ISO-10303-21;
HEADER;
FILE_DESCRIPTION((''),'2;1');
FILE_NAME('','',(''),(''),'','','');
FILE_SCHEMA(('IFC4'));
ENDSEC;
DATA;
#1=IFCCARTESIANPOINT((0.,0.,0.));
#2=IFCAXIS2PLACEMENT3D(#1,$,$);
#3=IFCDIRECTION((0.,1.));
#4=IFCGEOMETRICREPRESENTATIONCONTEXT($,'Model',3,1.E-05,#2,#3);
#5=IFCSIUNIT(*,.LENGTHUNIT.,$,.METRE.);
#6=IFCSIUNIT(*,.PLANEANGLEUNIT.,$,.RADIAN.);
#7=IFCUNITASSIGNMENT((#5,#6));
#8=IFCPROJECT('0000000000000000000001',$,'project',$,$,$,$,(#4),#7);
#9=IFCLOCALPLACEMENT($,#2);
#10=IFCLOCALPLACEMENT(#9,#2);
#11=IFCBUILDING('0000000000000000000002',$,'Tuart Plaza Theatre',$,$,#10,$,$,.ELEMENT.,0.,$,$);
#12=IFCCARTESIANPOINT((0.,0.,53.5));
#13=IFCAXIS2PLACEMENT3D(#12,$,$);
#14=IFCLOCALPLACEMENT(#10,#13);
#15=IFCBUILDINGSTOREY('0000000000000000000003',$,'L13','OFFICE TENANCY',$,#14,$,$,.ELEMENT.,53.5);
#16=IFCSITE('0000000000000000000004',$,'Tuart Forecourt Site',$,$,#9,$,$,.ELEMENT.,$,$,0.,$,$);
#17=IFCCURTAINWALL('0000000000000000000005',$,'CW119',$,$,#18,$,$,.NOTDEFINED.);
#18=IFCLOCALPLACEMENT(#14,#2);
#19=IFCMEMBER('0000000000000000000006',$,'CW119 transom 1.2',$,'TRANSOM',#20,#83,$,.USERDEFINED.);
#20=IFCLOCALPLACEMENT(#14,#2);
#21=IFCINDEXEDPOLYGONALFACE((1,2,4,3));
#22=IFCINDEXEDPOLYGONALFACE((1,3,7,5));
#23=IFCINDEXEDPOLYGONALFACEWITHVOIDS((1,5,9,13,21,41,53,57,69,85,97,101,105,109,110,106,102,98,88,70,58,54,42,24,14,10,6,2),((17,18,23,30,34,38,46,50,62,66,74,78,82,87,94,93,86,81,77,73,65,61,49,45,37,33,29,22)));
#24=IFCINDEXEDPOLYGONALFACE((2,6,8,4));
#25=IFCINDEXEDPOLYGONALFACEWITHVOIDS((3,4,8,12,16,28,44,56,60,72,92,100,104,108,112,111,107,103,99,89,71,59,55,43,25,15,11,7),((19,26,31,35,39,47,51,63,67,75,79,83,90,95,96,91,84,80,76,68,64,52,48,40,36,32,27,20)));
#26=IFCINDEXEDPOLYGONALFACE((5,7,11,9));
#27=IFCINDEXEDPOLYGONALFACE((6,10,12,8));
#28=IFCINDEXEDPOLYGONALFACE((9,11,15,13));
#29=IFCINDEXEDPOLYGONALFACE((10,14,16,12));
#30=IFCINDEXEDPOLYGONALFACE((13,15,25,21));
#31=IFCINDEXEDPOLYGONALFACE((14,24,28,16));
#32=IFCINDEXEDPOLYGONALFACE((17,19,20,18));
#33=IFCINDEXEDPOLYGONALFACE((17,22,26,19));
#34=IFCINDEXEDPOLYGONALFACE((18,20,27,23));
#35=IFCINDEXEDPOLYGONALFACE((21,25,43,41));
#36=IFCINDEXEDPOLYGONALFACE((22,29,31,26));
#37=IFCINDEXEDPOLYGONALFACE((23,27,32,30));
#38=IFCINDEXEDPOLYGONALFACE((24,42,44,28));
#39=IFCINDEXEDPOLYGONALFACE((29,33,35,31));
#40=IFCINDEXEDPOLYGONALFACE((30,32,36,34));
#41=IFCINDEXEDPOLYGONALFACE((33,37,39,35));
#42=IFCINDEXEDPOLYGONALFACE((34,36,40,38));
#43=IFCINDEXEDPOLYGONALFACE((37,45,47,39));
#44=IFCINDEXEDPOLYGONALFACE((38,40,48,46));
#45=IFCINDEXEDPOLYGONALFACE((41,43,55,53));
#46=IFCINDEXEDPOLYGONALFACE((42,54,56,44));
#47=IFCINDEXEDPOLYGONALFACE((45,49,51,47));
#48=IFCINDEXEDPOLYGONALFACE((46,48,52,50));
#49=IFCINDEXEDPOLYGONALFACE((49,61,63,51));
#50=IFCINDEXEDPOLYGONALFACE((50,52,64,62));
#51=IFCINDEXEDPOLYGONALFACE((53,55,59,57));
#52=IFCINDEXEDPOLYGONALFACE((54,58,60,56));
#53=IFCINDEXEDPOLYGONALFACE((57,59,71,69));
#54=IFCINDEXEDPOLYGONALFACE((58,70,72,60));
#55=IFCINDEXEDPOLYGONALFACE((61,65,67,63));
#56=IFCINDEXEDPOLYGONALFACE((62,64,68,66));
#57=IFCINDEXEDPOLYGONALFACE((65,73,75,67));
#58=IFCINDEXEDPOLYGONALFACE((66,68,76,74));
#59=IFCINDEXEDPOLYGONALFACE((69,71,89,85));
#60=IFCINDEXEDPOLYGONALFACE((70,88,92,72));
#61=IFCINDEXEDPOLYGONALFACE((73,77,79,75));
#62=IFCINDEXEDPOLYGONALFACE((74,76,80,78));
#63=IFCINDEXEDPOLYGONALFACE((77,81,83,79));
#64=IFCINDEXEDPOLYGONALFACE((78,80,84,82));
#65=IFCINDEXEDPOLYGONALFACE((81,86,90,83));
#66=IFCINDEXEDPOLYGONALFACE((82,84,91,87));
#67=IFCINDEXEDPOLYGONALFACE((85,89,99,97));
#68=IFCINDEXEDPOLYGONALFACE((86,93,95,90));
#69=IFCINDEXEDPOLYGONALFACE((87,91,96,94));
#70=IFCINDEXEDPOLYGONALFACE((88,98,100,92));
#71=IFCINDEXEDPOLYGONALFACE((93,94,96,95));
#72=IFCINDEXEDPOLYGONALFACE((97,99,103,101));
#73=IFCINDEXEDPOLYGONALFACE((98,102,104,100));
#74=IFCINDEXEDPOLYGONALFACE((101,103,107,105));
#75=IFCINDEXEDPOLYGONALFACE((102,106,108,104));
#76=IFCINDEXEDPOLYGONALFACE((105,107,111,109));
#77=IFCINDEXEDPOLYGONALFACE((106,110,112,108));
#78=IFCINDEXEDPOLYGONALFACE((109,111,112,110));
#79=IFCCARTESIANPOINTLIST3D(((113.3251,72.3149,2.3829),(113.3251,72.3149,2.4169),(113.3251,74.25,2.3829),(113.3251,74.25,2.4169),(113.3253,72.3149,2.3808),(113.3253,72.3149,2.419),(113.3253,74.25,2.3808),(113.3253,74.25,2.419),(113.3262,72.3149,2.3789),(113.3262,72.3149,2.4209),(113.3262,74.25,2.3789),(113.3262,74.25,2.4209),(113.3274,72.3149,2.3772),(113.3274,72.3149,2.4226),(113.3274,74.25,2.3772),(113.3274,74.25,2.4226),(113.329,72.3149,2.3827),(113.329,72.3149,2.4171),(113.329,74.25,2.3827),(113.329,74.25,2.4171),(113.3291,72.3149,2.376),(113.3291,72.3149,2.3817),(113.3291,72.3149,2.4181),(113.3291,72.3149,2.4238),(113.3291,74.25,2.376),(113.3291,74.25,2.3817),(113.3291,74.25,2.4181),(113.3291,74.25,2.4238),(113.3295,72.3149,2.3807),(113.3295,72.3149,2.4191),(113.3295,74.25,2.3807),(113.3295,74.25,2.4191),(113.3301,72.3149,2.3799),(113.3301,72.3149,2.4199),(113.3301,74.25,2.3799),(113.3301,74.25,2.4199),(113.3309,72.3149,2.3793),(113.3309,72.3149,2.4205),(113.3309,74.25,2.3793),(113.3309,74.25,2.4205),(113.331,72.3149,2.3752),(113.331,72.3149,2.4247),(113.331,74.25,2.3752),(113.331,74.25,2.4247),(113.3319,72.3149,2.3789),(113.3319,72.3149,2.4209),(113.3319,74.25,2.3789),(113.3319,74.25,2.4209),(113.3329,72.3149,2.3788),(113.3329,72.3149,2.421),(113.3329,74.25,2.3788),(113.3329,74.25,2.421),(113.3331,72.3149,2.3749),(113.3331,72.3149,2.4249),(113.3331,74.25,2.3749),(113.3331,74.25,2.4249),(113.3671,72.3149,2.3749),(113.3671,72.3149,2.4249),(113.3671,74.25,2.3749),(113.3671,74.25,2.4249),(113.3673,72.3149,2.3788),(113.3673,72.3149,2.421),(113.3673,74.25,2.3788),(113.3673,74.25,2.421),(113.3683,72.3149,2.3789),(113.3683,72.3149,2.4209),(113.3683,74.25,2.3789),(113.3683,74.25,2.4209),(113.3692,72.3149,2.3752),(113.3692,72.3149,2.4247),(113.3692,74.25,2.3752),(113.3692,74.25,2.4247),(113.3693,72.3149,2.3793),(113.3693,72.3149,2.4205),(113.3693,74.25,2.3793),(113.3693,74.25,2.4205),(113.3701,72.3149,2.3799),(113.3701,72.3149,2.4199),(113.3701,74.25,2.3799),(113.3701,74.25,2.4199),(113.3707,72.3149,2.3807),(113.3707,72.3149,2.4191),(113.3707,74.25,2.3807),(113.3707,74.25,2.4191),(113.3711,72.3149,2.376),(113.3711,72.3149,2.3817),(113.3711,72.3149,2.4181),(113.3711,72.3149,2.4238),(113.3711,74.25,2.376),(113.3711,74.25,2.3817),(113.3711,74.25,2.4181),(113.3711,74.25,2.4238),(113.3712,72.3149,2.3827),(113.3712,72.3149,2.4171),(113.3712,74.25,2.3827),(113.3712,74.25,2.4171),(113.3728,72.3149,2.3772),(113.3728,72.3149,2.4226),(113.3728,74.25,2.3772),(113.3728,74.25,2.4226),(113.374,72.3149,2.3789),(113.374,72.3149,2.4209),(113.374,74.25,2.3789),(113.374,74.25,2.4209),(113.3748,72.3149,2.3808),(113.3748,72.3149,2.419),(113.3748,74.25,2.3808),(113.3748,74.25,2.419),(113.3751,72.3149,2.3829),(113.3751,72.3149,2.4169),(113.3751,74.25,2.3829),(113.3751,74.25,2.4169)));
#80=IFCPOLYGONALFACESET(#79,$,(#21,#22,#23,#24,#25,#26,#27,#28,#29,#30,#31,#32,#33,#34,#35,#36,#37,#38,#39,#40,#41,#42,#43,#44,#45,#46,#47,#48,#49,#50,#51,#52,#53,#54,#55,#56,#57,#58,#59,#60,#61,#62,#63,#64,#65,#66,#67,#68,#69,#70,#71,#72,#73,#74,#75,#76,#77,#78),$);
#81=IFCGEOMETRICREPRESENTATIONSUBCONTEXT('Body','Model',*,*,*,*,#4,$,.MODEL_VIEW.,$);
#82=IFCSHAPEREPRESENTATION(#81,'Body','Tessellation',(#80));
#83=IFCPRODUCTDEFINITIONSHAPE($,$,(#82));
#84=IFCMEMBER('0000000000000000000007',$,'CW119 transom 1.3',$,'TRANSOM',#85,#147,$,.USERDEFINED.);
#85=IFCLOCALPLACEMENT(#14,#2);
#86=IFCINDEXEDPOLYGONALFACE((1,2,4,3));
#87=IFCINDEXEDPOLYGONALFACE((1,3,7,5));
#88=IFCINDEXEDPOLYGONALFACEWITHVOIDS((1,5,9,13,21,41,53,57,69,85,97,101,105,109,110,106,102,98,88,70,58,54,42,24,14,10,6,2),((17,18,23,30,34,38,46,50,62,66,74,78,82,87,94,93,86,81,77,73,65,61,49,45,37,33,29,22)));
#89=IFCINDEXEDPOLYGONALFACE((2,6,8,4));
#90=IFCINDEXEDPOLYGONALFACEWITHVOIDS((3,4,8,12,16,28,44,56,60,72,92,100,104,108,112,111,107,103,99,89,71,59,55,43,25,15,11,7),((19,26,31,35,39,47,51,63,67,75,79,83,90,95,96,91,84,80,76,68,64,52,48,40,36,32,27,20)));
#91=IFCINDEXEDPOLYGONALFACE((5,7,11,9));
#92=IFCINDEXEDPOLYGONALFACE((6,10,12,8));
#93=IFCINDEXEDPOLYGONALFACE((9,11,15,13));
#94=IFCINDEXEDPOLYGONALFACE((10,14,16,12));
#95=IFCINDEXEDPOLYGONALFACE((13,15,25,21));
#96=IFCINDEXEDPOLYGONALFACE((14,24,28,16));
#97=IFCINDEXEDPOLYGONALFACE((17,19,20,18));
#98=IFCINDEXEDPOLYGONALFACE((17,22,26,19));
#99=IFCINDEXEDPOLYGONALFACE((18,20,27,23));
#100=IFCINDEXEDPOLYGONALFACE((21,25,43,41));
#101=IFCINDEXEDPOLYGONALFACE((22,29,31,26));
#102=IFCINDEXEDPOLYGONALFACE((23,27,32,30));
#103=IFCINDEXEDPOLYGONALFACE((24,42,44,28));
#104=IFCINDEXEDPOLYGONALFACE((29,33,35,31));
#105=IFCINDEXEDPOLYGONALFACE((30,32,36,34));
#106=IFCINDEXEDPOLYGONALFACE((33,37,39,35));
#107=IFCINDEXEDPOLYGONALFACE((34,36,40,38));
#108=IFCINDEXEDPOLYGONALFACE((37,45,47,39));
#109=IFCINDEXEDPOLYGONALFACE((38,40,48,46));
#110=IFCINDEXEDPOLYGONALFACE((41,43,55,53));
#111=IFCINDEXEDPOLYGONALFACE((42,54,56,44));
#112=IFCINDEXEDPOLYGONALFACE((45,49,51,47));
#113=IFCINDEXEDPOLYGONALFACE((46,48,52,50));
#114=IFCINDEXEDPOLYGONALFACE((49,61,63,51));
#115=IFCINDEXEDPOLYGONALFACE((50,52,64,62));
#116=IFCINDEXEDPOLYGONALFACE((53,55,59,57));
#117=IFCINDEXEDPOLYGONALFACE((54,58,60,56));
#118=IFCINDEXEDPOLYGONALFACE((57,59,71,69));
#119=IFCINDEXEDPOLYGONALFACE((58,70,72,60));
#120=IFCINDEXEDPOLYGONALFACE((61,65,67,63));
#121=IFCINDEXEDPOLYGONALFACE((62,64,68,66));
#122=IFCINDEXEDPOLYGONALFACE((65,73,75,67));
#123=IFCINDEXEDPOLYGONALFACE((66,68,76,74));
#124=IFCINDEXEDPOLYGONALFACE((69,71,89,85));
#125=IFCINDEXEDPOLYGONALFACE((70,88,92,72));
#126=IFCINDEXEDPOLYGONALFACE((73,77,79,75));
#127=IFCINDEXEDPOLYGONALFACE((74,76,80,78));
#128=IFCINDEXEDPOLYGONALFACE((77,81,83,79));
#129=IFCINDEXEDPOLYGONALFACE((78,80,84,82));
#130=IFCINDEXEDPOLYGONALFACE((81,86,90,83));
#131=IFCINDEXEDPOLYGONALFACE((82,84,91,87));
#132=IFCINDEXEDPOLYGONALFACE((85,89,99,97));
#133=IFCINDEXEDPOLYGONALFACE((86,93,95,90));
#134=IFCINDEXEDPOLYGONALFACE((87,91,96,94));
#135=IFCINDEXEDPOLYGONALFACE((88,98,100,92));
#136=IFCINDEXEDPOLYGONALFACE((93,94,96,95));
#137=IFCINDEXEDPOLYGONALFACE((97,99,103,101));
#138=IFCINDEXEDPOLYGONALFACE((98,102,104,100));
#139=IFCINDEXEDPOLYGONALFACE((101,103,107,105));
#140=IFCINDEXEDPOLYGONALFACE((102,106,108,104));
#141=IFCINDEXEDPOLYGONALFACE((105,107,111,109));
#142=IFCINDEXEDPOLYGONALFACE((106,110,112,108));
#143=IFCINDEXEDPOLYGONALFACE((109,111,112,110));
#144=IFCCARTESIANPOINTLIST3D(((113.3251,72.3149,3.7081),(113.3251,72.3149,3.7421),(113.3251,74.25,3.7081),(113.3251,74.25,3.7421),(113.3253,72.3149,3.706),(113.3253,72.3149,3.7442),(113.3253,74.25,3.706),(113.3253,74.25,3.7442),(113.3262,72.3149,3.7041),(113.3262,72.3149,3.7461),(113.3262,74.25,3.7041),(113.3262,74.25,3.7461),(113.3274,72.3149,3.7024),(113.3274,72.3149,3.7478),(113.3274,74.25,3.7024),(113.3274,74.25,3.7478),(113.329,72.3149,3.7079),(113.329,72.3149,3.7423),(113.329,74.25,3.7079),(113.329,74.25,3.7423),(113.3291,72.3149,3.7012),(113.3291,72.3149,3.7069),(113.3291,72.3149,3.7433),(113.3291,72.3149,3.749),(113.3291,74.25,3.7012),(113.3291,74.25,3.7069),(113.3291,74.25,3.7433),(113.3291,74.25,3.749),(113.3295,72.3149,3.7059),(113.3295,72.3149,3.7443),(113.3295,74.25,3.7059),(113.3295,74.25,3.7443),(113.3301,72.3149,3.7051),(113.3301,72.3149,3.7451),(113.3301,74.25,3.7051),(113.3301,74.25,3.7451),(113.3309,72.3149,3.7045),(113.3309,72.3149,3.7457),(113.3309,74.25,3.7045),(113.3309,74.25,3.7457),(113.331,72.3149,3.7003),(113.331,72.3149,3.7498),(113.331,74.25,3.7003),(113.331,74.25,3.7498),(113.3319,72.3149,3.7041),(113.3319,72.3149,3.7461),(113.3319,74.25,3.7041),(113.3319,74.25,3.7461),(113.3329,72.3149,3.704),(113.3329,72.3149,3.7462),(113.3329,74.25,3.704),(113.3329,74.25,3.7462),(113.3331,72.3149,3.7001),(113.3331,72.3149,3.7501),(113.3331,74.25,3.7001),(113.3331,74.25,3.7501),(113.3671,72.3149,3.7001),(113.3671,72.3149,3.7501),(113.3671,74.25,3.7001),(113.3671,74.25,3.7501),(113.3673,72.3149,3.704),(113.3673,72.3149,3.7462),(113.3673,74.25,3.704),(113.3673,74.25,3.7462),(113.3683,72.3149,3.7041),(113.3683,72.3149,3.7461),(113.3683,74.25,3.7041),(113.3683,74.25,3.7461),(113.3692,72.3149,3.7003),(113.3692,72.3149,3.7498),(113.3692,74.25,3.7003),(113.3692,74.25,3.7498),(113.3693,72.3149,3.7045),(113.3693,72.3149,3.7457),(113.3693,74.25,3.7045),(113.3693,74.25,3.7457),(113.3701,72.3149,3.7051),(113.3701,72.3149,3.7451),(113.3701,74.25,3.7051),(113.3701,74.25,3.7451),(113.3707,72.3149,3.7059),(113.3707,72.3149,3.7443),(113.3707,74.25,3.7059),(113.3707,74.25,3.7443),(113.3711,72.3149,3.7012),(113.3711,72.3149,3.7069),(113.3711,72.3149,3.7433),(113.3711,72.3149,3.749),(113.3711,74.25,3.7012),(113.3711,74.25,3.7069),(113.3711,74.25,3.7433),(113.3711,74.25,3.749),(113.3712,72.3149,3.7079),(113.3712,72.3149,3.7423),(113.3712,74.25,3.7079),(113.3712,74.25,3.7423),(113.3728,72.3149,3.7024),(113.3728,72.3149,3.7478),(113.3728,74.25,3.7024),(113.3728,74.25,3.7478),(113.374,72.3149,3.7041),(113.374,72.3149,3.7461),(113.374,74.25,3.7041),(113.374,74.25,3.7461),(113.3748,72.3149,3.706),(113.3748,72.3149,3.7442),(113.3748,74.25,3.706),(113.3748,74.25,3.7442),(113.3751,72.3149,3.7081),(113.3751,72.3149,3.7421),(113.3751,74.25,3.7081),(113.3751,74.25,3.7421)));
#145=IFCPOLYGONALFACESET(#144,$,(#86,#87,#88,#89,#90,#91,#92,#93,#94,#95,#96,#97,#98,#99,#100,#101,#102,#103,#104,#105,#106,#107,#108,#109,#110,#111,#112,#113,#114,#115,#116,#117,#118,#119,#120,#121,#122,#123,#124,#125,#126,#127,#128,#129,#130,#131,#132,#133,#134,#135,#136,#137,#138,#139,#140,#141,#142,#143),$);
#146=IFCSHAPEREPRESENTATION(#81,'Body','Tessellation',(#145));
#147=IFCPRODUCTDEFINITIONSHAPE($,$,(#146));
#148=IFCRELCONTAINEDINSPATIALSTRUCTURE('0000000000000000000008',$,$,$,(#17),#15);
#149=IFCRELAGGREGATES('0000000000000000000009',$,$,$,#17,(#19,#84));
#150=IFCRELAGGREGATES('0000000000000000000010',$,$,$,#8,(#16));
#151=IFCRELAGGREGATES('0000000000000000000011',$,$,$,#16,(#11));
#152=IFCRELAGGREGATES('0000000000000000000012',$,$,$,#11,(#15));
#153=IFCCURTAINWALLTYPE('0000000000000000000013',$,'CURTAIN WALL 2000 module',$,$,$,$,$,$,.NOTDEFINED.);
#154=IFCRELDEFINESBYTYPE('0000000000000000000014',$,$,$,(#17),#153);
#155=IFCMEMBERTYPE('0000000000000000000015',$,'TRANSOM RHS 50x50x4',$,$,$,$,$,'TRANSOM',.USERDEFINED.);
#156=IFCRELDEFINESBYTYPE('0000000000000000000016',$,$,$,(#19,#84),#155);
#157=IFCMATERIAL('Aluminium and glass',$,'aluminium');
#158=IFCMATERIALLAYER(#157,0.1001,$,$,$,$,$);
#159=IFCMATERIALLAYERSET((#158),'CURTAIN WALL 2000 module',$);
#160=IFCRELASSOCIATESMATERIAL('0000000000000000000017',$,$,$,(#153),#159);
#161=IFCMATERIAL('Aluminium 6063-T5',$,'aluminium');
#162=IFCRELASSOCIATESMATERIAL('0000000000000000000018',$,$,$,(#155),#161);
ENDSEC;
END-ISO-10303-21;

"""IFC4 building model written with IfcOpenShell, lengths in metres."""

from ifc_helpers import new_model, si_unit, direction, frame, origin, origin_2d, place, context, subcontext, project, spatial, hollow_rectangle, extrude, material, layer, layer_set, material_profile, profile_set, type_object, element, aggregate, save


model = new_model("IFC4")

# Units and contexts
model_context = context("Model", 3, precision=1e-05, world=origin(), true_north=direction((0.0, 1.0)))
body_context = subcontext(model_context, "Body", "Model", "MODEL_VIEW")
ifc_project = project(units=[si_unit("LENGTHUNIT", "METRE"), si_unit("PLANEANGLEUNIT", "RADIAN")], contexts=[model_context])

# Site, building, storey
site_placement = place(None, origin())
site = spatial("IfcSite", under=ifc_project, at=site_placement, Name="Tuart Forecourt Site", CompositionType="ELEMENT", RefElevation=0.0)
building_placement = place(site_placement, origin())
building = spatial("IfcBuilding", under=site, at=building_placement, Name="Tuart Plaza Theatre", CompositionType="ELEMENT", ElevationOfRefHeight=0.0)
storey_placement = place(building_placement, frame((0.0, 0.0, 53.5)))
storey = spatial("IfcBuildingStorey", under=building, at=storey_placement, Name="L13", Description="OFFICE TENANCY", CompositionType="ELEMENT", Elevation=53.5)

# Curtain wall
ifc_material_1 = material(Name="Aluminium and glass", Category="aluminium")
ifc_layer_1 = layer(ifc_material_1, 0.1001)
ifc_layer_set_1 = layer_set([ifc_layer_1], Name="CURTAIN WALL 2000 module")
curtain_wall_type = type_object("IfcCurtainWallType", Name="CURTAIN WALL 2000 module", PredefinedType="NOTDEFINED", material=ifc_layer_set_1)
curtain_wall_1_placement = place(storey_placement, origin())
curtain_wall_1 = element("IfcCurtainWall", 1, at=curtain_wall_1_placement, inside=storey, type_object=curtain_wall_type, Name="CW119", PredefinedType="NOTDEFINED")
ifc_material_2 = material(Name="Aluminium 6063-T5", Category="aluminium")
ifc_material_profile_1 = material_profile(ifc_material_2, hollow_rectangle(XDim=0.05, YDim=0.05, WallThickness=0.0039, InnerFilletRadius=0.0039, OuterFilletRadius=0.0081, at=origin_2d()), Name="RHS 50x50x4")
ifc_profile_set_1 = profile_set([ifc_material_profile_1], Name="Aluminium 6063-T5")
member_type_1 = type_object("IfcMemberType", Name="TRANSOM RHS 50x50x4", ElementType="TRANSOM", PredefinedType="USERDEFINED", material=ifc_profile_set_1)

# Members
member_1_placement = place(storey_placement, frame((113.3501, 74.25, 2.3999), z_axis=(0.0, -1.0, 0.0), x_axis=(1.0, 0.0, 0.0)))
member_1 = element("IfcMember", 2, at=member_1_placement, type_object=member_type_1, Name="CW119 transom 1.2", ObjectType="TRANSOM", PredefinedType="USERDEFINED", context=body_context, shape_type="SweptSolid", body=[
    extrude(hollow_rectangle(XDim=0.05, YDim=0.05, WallThickness=0.0039, InnerFilletRadius=0.0039, OuterFilletRadius=0.0081, at=origin_2d()), origin(), (0.0, 0.0, 1.0), 1.9351),
])
member_2_placement = place(storey_placement, frame((113.3501, 74.25, 3.7251), z_axis=(0.0, -1.0, 0.0), x_axis=(1.0, 0.0, 0.0)))
member_2 = element("IfcMember", 3, at=member_2_placement, type_object=member_type_1, Name="CW119 transom 1.3", ObjectType="TRANSOM", PredefinedType="USERDEFINED", context=body_context, shape_type="SweptSolid", body=[
    extrude(hollow_rectangle(XDim=0.05, YDim=0.05, WallThickness=0.0039, InnerFilletRadius=0.0039, OuterFilletRadius=0.0081, at=origin_2d()), origin(), (0.0, 0.0, 1.0), 1.9351),
])

aggregate(curtain_wall_1, [member_1, member_2])

save(model, "model.ifc")
